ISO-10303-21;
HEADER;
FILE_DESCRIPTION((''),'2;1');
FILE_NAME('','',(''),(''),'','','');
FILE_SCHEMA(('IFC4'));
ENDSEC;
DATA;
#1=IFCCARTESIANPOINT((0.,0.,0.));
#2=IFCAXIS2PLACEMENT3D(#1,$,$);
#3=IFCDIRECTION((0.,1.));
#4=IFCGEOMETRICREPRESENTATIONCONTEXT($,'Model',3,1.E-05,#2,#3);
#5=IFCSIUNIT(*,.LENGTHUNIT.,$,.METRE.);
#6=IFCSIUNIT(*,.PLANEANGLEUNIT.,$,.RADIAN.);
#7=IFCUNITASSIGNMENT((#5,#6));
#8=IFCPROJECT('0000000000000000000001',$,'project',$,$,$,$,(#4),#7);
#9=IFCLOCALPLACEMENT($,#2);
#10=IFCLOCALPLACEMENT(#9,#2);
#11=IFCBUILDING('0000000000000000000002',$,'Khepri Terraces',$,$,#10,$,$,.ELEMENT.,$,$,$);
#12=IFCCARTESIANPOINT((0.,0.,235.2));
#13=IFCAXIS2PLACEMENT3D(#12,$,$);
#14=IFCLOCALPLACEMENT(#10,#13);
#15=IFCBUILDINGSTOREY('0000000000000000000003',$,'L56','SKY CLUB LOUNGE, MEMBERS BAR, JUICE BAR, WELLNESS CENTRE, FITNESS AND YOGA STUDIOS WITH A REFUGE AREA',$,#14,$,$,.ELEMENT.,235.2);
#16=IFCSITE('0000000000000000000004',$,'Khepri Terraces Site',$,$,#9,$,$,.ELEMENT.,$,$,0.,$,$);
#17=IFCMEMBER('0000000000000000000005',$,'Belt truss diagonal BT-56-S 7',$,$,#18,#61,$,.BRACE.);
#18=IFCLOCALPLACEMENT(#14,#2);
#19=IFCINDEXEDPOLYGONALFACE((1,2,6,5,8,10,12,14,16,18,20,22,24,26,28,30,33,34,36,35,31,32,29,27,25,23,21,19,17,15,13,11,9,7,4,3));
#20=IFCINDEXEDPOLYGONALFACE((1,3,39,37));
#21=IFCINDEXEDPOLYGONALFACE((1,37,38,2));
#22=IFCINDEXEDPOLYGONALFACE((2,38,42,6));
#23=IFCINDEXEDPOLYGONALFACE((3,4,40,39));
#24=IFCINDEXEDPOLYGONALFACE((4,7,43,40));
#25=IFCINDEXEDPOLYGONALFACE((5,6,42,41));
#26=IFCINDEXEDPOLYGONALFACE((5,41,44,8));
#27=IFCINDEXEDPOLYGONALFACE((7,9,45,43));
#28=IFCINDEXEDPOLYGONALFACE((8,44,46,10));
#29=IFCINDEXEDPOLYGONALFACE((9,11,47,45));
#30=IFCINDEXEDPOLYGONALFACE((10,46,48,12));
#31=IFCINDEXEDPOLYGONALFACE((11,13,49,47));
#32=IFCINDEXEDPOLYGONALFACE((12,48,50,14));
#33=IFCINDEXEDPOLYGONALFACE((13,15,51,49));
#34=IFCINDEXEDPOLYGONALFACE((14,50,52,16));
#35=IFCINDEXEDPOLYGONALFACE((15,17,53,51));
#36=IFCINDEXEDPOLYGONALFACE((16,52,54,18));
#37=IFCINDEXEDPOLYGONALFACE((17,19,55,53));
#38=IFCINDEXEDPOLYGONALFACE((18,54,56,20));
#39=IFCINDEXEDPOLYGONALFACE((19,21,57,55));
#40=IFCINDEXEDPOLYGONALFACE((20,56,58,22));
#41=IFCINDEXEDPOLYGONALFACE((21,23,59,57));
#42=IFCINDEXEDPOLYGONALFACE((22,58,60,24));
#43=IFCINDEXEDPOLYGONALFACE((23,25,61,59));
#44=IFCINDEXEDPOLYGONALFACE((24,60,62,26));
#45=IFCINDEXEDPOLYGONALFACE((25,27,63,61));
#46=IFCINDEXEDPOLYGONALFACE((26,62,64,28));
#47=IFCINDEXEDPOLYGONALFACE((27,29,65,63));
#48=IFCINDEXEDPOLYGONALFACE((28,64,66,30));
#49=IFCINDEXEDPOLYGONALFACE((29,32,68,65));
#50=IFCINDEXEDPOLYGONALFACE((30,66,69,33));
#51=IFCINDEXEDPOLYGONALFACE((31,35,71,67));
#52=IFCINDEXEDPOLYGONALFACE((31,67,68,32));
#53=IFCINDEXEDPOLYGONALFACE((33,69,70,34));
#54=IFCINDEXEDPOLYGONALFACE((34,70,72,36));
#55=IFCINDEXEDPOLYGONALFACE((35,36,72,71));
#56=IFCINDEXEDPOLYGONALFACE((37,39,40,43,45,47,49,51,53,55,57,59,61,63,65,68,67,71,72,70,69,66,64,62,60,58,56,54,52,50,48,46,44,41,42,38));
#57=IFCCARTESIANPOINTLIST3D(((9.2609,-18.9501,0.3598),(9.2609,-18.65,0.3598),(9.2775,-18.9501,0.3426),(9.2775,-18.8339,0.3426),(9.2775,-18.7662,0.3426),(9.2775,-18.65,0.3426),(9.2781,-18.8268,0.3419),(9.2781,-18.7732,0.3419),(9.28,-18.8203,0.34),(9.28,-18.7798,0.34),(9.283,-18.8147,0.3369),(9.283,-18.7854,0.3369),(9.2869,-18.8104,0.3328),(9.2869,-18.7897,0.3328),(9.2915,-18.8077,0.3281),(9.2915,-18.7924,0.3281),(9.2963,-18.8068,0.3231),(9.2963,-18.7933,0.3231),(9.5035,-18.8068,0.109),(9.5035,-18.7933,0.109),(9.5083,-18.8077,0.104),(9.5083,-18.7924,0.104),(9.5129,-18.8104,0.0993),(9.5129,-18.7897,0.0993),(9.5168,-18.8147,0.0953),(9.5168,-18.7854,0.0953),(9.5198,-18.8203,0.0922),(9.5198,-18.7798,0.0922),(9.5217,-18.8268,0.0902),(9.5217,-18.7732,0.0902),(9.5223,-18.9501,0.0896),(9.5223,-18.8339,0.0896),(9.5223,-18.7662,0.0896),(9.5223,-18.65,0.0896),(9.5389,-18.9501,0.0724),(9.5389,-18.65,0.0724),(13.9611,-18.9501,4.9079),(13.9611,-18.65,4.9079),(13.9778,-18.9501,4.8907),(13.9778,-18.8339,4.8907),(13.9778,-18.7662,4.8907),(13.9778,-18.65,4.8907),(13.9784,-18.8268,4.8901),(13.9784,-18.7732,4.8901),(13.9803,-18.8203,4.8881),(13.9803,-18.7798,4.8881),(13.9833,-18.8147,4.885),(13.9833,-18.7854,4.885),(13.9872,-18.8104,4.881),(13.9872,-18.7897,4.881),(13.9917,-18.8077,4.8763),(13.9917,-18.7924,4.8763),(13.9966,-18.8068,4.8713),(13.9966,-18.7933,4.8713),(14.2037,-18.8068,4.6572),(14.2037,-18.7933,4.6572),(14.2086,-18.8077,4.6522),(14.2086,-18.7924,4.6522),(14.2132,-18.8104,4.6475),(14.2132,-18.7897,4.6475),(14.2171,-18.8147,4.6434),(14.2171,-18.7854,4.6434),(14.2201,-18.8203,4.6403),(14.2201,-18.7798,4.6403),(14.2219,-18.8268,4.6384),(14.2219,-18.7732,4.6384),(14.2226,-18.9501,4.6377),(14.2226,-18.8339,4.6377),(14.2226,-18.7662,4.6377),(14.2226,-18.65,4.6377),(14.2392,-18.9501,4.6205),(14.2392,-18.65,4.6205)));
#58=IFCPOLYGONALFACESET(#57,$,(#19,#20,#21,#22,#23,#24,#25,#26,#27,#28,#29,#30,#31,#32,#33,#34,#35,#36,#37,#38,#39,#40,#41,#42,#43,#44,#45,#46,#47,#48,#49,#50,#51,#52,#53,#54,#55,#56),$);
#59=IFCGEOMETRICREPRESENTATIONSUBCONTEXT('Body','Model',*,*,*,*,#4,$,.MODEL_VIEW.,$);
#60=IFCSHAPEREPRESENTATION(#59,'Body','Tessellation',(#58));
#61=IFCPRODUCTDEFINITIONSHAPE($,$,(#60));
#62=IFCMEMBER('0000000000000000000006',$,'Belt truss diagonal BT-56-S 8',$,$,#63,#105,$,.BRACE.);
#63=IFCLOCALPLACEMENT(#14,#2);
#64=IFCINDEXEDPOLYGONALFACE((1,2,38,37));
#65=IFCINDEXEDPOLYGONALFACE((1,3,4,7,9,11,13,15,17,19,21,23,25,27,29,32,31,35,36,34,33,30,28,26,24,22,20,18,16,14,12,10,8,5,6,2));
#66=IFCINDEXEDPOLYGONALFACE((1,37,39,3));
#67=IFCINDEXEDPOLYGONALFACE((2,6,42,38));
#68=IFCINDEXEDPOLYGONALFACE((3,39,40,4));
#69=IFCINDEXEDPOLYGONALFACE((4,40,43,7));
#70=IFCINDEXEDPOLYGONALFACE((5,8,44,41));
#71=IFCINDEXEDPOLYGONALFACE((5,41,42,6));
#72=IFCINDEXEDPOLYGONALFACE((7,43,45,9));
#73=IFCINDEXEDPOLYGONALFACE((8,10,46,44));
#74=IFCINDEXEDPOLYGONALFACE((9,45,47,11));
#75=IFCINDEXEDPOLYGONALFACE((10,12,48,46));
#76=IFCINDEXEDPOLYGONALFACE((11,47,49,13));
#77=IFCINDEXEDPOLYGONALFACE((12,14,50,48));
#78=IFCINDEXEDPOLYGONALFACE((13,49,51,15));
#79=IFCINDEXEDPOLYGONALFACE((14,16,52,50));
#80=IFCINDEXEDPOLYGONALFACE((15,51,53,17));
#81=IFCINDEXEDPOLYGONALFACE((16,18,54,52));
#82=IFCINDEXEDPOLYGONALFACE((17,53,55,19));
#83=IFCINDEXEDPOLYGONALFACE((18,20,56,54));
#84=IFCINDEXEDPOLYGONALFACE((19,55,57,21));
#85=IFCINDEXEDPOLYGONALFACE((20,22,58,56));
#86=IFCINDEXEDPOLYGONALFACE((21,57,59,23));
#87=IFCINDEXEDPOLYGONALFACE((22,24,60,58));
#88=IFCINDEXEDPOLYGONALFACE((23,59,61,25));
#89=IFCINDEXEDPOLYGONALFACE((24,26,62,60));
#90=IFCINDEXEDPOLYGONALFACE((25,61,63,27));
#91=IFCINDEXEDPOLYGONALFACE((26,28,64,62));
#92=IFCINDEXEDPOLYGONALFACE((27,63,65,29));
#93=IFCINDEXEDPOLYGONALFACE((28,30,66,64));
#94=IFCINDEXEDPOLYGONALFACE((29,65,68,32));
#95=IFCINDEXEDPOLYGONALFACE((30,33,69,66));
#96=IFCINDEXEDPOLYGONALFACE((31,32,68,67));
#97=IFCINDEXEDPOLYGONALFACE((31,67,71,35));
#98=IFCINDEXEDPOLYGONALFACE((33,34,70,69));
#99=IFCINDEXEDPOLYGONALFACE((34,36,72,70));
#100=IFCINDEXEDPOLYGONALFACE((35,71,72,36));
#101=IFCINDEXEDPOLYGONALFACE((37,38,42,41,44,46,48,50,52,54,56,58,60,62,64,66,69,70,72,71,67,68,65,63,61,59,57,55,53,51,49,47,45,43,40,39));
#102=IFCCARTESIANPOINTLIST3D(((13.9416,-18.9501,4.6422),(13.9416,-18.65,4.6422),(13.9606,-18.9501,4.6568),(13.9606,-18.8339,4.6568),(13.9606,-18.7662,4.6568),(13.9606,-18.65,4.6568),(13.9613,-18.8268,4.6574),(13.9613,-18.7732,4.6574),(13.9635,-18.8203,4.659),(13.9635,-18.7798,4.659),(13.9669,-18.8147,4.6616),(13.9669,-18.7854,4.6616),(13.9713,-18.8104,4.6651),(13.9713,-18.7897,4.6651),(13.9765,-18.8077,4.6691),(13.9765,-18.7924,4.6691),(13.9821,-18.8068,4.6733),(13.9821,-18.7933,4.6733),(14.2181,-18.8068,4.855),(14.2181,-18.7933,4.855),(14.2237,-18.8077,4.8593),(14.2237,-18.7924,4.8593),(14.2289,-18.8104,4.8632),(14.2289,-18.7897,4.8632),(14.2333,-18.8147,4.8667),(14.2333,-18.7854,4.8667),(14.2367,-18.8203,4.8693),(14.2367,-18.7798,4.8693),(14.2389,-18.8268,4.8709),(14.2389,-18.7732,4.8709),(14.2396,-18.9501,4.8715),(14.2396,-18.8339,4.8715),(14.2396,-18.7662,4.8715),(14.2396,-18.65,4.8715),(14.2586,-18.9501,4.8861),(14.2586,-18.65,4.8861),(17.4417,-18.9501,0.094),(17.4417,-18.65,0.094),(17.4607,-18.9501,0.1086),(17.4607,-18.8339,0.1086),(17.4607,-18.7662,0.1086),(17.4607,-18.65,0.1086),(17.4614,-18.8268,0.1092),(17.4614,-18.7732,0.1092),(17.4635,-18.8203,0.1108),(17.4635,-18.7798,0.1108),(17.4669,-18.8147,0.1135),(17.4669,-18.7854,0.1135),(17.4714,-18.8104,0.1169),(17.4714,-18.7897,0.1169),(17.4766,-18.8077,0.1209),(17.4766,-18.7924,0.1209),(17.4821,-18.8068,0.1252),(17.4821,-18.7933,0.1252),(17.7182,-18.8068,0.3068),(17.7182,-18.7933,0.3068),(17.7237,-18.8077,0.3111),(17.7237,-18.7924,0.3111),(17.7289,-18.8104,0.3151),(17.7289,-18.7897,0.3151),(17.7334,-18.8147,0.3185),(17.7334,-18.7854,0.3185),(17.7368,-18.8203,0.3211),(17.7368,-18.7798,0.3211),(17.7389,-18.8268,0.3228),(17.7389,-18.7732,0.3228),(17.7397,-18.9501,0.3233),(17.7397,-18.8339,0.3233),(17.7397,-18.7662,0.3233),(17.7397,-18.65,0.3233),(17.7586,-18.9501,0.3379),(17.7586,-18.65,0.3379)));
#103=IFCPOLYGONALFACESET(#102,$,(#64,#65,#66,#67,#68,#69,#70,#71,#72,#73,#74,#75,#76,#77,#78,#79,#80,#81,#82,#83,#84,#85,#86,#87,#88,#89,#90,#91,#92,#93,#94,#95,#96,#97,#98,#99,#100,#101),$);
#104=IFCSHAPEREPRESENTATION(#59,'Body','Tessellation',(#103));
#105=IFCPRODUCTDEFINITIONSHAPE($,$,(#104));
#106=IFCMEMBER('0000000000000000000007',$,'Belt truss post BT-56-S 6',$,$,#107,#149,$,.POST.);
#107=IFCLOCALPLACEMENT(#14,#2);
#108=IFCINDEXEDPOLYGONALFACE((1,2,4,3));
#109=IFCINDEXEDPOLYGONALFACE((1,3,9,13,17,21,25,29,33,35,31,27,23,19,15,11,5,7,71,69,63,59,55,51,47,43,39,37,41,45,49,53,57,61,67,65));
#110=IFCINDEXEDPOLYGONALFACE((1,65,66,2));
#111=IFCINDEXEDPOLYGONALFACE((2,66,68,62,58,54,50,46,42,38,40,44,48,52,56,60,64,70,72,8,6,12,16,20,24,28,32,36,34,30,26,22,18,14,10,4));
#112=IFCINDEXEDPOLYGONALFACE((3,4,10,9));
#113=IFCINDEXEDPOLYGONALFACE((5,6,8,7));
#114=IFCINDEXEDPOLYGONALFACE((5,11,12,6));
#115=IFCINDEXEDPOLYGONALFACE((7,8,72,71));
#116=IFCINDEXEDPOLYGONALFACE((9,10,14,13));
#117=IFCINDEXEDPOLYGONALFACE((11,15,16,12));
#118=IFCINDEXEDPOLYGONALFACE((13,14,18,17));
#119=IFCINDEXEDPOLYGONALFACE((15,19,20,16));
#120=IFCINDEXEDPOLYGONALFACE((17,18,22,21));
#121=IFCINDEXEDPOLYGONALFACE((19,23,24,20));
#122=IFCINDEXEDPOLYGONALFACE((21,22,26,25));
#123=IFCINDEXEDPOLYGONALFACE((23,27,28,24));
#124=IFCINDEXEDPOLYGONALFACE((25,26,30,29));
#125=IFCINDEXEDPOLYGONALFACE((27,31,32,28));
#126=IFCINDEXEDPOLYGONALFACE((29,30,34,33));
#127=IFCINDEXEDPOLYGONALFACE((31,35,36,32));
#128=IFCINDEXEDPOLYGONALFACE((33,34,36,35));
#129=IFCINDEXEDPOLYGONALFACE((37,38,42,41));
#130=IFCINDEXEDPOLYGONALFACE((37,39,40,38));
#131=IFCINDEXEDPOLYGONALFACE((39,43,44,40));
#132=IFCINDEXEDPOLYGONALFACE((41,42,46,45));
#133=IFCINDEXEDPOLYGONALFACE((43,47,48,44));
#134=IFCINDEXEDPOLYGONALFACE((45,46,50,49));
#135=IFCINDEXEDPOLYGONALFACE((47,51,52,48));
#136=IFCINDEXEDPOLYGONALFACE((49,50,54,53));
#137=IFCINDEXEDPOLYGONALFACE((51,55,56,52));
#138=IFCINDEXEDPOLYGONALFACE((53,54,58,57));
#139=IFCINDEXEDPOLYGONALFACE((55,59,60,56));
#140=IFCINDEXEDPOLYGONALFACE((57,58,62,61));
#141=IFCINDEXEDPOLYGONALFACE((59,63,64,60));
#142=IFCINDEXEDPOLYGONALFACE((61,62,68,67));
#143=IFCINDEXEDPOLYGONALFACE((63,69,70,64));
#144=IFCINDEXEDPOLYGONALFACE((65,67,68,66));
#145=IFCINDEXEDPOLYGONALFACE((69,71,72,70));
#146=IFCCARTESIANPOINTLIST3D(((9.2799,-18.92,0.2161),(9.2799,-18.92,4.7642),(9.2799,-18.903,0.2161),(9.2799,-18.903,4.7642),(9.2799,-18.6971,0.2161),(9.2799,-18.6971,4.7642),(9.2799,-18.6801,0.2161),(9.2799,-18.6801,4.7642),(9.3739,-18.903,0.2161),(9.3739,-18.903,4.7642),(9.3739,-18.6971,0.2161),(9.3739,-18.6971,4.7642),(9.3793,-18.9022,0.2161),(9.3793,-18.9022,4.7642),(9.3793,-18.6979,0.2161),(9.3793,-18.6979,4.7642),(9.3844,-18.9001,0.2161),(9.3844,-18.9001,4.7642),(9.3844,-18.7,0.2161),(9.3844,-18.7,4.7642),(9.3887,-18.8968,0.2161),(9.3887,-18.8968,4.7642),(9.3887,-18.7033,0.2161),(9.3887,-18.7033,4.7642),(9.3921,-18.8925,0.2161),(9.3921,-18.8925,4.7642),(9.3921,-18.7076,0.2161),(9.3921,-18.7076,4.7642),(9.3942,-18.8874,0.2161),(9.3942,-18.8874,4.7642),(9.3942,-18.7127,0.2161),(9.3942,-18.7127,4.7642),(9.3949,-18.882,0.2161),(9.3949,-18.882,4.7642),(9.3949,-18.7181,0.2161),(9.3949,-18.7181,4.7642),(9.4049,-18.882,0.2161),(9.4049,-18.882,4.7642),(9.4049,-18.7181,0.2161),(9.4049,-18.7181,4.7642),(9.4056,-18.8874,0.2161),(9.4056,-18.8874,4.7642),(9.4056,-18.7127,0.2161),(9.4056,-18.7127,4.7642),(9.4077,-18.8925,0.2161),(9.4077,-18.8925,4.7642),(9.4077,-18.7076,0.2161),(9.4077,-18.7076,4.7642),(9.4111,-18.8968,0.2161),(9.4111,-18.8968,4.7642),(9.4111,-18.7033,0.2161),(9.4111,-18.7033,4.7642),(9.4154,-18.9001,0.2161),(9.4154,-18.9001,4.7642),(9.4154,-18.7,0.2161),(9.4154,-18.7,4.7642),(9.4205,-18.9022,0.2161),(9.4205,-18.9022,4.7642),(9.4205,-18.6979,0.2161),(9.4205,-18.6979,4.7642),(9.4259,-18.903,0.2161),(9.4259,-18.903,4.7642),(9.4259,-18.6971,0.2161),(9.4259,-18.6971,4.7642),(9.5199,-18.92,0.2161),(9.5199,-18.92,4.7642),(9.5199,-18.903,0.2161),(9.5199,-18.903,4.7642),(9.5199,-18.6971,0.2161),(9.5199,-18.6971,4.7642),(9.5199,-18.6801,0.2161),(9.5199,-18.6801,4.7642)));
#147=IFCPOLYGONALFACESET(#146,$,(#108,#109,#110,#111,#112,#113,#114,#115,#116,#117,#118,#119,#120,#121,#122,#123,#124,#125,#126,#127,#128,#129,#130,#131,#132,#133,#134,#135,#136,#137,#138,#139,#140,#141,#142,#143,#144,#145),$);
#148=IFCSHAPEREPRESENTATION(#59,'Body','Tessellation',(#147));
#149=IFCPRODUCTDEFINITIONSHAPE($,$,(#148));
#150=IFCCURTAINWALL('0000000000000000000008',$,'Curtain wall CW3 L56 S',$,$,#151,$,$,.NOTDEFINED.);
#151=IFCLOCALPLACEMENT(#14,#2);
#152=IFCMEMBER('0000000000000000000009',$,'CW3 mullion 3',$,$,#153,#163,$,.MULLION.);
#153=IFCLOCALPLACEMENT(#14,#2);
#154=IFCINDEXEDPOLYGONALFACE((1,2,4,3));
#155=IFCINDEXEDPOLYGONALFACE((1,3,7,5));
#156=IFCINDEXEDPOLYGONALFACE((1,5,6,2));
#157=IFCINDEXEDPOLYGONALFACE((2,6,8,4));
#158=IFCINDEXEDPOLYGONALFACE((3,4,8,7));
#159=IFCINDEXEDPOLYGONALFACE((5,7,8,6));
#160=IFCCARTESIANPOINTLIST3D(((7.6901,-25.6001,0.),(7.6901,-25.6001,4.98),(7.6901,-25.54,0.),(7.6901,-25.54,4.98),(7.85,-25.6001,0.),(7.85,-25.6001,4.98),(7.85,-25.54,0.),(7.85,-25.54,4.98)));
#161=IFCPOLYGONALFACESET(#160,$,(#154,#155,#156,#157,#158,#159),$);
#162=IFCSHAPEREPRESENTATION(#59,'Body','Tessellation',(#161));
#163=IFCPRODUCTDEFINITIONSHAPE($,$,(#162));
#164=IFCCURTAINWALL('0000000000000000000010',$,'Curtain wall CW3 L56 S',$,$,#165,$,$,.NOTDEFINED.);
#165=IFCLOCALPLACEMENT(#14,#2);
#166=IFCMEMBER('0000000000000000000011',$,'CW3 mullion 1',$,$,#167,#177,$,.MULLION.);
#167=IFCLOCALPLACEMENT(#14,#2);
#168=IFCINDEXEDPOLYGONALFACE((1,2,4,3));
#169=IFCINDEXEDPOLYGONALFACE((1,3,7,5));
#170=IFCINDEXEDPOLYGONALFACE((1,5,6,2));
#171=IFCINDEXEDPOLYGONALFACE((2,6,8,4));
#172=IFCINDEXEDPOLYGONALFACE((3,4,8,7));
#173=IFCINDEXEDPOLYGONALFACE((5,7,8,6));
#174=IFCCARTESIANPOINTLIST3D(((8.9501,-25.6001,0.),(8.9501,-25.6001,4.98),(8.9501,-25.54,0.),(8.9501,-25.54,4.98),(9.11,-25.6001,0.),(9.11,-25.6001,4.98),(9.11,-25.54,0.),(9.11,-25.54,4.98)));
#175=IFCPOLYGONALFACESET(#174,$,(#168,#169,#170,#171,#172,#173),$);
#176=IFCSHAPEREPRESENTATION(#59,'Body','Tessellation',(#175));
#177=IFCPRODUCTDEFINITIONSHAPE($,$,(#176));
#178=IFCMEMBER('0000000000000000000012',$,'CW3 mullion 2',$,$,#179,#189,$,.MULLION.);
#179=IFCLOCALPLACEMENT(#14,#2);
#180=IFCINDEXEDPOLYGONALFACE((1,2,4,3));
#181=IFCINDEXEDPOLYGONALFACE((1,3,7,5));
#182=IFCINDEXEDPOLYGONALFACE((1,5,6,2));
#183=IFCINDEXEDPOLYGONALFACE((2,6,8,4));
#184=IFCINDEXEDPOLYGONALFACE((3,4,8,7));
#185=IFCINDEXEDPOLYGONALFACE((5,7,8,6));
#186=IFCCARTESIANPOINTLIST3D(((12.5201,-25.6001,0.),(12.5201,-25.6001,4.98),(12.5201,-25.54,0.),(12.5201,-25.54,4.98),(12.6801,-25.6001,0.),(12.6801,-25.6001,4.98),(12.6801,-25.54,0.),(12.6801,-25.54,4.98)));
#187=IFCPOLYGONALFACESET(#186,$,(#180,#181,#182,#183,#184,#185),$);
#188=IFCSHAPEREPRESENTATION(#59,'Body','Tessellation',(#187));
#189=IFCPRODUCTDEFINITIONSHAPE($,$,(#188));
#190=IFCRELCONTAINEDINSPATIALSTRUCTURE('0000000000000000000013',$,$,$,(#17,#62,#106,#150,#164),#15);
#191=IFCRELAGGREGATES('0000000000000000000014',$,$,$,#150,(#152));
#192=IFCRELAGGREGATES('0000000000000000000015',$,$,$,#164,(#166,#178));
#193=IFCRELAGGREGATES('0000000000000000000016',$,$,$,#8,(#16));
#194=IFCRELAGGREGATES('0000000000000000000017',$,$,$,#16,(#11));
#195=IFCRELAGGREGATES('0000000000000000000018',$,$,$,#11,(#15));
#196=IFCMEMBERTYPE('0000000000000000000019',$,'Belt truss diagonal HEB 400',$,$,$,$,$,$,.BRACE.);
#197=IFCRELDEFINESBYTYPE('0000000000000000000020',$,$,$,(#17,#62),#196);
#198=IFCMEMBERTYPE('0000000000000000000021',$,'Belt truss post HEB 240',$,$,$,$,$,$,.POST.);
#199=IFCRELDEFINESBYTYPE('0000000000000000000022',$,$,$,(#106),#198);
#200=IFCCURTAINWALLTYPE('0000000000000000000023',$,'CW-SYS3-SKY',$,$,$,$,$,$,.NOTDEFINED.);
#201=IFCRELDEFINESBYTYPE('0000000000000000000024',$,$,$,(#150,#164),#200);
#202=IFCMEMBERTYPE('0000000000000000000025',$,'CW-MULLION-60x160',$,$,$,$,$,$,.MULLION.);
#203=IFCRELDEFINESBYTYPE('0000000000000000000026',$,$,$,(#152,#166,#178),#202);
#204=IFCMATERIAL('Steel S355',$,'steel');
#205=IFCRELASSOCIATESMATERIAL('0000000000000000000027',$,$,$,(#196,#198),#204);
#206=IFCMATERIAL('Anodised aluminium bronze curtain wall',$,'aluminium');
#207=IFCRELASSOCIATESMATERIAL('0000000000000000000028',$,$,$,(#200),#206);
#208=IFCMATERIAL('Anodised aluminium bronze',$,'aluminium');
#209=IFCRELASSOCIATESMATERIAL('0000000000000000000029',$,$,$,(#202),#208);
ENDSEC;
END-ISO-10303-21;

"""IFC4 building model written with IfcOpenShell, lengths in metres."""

from ifc_helpers import new_model, si_unit, direction, frame, origin, origin_2d, place, context, subcontext, project, spatial, rectangle, i_section, extrude, material, material_profile, profile_set, type_object, element, aggregate, save


model = new_model("IFC4")

# Units and contexts
model_context = context("Model", 3, precision=1e-05, world=origin(), true_north=direction((0.0, 1.0)))
body_context = subcontext(model_context, "Body", "Model", "MODEL_VIEW")
ifc_project = project(units=[si_unit("LENGTHUNIT", "METRE"), si_unit("PLANEANGLEUNIT", "RADIAN")], contexts=[model_context])

# Site, building, storey
site_placement = place(None, origin())
site = spatial("IfcSite", under=ifc_project, at=site_placement, Name="Khepri Terraces Site", CompositionType="ELEMENT", RefElevation=0.0)
building_placement = place(site_placement, origin())
building = spatial("IfcBuilding", under=site, at=building_placement, Name="Khepri Terraces", CompositionType="ELEMENT")
storey_placement = place(building_placement, frame((0.0, 0.0, 235.2)))
storey = spatial("IfcBuildingStorey", under=building, at=storey_placement, Name="L56", Description="SKY CLUB LOUNGE, MEMBERS BAR, JUICE BAR, WELLNESS CENTRE, FITNESS AND YOGA STUDIOS WITH A REFUGE AREA", CompositionType="ELEMENT", Elevation=235.2)

# Members
ifc_material_1 = material(Name="Steel S355", Category="steel")
ifc_material_profile_1 = material_profile(ifc_material_1, i_section(OverallWidth=0.3, OverallDepth=0.3999, WebThickness=0.0134, FlangeThickness=0.0239, FilletRadius=0.0271, at=origin_2d()), Name="Steel S355", Category="steel")
ifc_profile_set_1 = profile_set([ifc_material_profile_1], Name="Steel S355")
member_type_1 = type_object("IfcMemberType", Name="Belt truss diagonal HEB 400", PredefinedType="BRACE", material=ifc_profile_set_1)
member_1_placement = place(storey_placement, frame((9.3999, -18.8, 0.2161), z_axis=(0.718639, 0.0, 0.695383), x_axis=(0.0, 1.0, 0.0)))
element("IfcMember", 1, at=member_1_placement, inside=storey, type_object=member_type_1, Name="Belt truss diagonal BT-56-S 7", PredefinedType="BRACE", context=body_context, shape_type="SweptSolid", body=[
    extrude(i_section(OverallWidth=0.3, OverallDepth=0.3999, WebThickness=0.0134, FlangeThickness=0.0239, FilletRadius=0.0271, at=origin_2d()), origin(), (0.0, 0.0, 1.0), 6.5405),
])
member_2_placement = place(storey_placement, frame((14.1001, -18.8, 4.7642), z_axis=(0.609871, 0.0, -0.792501), x_axis=(0.0, 1.0, 0.0)))
element("IfcMember", 2, at=member_2_placement, inside=storey, type_object=member_type_1, Name="Belt truss diagonal BT-56-S 8", PredefinedType="BRACE", context=body_context, shape_type="SweptSolid", body=[
    extrude(i_section(OverallWidth=0.3, OverallDepth=0.3999, WebThickness=0.0134, FlangeThickness=0.0239, FilletRadius=0.0271, at=origin_2d()), origin(), (0.0, 0.0, 1.0), 5.739),
])
ifc_material_profile_2 = material_profile(ifc_material_1, i_section(OverallWidth=0.24, OverallDepth=0.24, WebThickness=0.01, FlangeThickness=0.0171, FilletRadius=0.021, at=origin_2d()), Name="Steel S355", Category="steel")
ifc_profile_set_2 = profile_set([ifc_material_profile_2], Name="Steel S355")
member_type_2 = type_object("IfcMemberType", Name="Belt truss post HEB 240", PredefinedType="POST", material=ifc_profile_set_2)
member_3_placement = place(storey_placement, frame((9.3999, -18.8, 0.2161), z_axis=(0.0, 0.0, 1.0), x_axis=(1.0, 0.0, 0.0)))
element("IfcMember", 3, at=member_3_placement, inside=storey, type_object=member_type_2, Name="Belt truss post BT-56-S 6", PredefinedType="POST", context=body_context, shape_type="SweptSolid", body=[
    extrude(i_section(OverallWidth=0.24, OverallDepth=0.24, WebThickness=0.01, FlangeThickness=0.0171, FilletRadius=0.021, at=origin_2d()), origin(), (0.0, 0.0, 1.0), 4.5481),
])

# Curtain wall, member
ifc_material_2 = material(Name="Anodised aluminium bronze curtain wall", Category="aluminium")
curtain_wall_type = type_object("IfcCurtainWallType", Name="CW-SYS3-SKY", PredefinedType="NOTDEFINED", material=ifc_material_2)
curtain_wall_1_placement = place(storey_placement, origin())
curtain_wall_1 = element("IfcCurtainWall", 4, at=curtain_wall_1_placement, inside=storey, type_object=curtain_wall_type, Name="Curtain wall CW3 L56 S", PredefinedType="NOTDEFINED")
ifc_material_3 = material(Name="Anodised aluminium bronze", Category="aluminium")
ifc_material_profile_3 = material_profile(ifc_material_3, rectangle(XDim=0.0601, YDim=0.1599, at=origin_2d()), Name="Anodised aluminium bronze", Category="aluminium")
ifc_profile_set_3 = profile_set([ifc_material_profile_3], Name="Anodised aluminium bronze")
member_type_3 = type_object("IfcMemberType", Name="CW-MULLION-60x160", PredefinedType="MULLION", material=ifc_profile_set_3)
member_4_placement = place(storey_placement, frame((7.77, -25.5701, 0.0), z_axis=(0.0, 0.0, 1.0), x_axis=(0.0, 1.0, 0.0)))
member_4 = element("IfcMember", 5, at=member_4_placement, type_object=member_type_3, Name="CW3 mullion 3", PredefinedType="MULLION", context=body_context, shape_type="SweptSolid", body=[
    extrude(rectangle(XDim=0.0601, YDim=0.1599, at=origin_2d()), origin(), (0.0, 0.0, 1.0), 4.98),
])

# Curtain wall, members
curtain_wall_2_placement = place(storey_placement, origin())
curtain_wall_2 = element("IfcCurtainWall", 6, at=curtain_wall_2_placement, inside=storey, type_object=curtain_wall_type, Name="Curtain wall CW3 L56 S", PredefinedType="NOTDEFINED")
member_5_placement = place(storey_placement, frame((9.03, -25.5701, 0.0), z_axis=(0.0, 0.0, 1.0), x_axis=(0.0, 1.0, 0.0)))
member_5 = element("IfcMember", 7, at=member_5_placement, type_object=member_type_3, Name="CW3 mullion 1", PredefinedType="MULLION", context=body_context, shape_type="SweptSolid", body=[
    extrude(rectangle(XDim=0.0601, YDim=0.1599, at=origin_2d()), origin(), (0.0, 0.0, 1.0), 4.98),
])
member_6_placement = place(storey_placement, frame((12.6001, -25.5701, 0.0), z_axis=(0.0, 0.0, 1.0), x_axis=(0.0, 1.0, 0.0)))
member_6 = element("IfcMember", 8, at=member_6_placement, type_object=member_type_3, Name="CW3 mullion 2", PredefinedType="MULLION", context=body_context, shape_type="SweptSolid", body=[
    extrude(rectangle(XDim=0.0601, YDim=0.1599, at=origin_2d()), origin(), (0.0, 0.0, 1.0), 4.98),
])

aggregate(curtain_wall_1, [member_4])
aggregate(curtain_wall_2, [member_5, member_6])

save(model, "model.ifc")
